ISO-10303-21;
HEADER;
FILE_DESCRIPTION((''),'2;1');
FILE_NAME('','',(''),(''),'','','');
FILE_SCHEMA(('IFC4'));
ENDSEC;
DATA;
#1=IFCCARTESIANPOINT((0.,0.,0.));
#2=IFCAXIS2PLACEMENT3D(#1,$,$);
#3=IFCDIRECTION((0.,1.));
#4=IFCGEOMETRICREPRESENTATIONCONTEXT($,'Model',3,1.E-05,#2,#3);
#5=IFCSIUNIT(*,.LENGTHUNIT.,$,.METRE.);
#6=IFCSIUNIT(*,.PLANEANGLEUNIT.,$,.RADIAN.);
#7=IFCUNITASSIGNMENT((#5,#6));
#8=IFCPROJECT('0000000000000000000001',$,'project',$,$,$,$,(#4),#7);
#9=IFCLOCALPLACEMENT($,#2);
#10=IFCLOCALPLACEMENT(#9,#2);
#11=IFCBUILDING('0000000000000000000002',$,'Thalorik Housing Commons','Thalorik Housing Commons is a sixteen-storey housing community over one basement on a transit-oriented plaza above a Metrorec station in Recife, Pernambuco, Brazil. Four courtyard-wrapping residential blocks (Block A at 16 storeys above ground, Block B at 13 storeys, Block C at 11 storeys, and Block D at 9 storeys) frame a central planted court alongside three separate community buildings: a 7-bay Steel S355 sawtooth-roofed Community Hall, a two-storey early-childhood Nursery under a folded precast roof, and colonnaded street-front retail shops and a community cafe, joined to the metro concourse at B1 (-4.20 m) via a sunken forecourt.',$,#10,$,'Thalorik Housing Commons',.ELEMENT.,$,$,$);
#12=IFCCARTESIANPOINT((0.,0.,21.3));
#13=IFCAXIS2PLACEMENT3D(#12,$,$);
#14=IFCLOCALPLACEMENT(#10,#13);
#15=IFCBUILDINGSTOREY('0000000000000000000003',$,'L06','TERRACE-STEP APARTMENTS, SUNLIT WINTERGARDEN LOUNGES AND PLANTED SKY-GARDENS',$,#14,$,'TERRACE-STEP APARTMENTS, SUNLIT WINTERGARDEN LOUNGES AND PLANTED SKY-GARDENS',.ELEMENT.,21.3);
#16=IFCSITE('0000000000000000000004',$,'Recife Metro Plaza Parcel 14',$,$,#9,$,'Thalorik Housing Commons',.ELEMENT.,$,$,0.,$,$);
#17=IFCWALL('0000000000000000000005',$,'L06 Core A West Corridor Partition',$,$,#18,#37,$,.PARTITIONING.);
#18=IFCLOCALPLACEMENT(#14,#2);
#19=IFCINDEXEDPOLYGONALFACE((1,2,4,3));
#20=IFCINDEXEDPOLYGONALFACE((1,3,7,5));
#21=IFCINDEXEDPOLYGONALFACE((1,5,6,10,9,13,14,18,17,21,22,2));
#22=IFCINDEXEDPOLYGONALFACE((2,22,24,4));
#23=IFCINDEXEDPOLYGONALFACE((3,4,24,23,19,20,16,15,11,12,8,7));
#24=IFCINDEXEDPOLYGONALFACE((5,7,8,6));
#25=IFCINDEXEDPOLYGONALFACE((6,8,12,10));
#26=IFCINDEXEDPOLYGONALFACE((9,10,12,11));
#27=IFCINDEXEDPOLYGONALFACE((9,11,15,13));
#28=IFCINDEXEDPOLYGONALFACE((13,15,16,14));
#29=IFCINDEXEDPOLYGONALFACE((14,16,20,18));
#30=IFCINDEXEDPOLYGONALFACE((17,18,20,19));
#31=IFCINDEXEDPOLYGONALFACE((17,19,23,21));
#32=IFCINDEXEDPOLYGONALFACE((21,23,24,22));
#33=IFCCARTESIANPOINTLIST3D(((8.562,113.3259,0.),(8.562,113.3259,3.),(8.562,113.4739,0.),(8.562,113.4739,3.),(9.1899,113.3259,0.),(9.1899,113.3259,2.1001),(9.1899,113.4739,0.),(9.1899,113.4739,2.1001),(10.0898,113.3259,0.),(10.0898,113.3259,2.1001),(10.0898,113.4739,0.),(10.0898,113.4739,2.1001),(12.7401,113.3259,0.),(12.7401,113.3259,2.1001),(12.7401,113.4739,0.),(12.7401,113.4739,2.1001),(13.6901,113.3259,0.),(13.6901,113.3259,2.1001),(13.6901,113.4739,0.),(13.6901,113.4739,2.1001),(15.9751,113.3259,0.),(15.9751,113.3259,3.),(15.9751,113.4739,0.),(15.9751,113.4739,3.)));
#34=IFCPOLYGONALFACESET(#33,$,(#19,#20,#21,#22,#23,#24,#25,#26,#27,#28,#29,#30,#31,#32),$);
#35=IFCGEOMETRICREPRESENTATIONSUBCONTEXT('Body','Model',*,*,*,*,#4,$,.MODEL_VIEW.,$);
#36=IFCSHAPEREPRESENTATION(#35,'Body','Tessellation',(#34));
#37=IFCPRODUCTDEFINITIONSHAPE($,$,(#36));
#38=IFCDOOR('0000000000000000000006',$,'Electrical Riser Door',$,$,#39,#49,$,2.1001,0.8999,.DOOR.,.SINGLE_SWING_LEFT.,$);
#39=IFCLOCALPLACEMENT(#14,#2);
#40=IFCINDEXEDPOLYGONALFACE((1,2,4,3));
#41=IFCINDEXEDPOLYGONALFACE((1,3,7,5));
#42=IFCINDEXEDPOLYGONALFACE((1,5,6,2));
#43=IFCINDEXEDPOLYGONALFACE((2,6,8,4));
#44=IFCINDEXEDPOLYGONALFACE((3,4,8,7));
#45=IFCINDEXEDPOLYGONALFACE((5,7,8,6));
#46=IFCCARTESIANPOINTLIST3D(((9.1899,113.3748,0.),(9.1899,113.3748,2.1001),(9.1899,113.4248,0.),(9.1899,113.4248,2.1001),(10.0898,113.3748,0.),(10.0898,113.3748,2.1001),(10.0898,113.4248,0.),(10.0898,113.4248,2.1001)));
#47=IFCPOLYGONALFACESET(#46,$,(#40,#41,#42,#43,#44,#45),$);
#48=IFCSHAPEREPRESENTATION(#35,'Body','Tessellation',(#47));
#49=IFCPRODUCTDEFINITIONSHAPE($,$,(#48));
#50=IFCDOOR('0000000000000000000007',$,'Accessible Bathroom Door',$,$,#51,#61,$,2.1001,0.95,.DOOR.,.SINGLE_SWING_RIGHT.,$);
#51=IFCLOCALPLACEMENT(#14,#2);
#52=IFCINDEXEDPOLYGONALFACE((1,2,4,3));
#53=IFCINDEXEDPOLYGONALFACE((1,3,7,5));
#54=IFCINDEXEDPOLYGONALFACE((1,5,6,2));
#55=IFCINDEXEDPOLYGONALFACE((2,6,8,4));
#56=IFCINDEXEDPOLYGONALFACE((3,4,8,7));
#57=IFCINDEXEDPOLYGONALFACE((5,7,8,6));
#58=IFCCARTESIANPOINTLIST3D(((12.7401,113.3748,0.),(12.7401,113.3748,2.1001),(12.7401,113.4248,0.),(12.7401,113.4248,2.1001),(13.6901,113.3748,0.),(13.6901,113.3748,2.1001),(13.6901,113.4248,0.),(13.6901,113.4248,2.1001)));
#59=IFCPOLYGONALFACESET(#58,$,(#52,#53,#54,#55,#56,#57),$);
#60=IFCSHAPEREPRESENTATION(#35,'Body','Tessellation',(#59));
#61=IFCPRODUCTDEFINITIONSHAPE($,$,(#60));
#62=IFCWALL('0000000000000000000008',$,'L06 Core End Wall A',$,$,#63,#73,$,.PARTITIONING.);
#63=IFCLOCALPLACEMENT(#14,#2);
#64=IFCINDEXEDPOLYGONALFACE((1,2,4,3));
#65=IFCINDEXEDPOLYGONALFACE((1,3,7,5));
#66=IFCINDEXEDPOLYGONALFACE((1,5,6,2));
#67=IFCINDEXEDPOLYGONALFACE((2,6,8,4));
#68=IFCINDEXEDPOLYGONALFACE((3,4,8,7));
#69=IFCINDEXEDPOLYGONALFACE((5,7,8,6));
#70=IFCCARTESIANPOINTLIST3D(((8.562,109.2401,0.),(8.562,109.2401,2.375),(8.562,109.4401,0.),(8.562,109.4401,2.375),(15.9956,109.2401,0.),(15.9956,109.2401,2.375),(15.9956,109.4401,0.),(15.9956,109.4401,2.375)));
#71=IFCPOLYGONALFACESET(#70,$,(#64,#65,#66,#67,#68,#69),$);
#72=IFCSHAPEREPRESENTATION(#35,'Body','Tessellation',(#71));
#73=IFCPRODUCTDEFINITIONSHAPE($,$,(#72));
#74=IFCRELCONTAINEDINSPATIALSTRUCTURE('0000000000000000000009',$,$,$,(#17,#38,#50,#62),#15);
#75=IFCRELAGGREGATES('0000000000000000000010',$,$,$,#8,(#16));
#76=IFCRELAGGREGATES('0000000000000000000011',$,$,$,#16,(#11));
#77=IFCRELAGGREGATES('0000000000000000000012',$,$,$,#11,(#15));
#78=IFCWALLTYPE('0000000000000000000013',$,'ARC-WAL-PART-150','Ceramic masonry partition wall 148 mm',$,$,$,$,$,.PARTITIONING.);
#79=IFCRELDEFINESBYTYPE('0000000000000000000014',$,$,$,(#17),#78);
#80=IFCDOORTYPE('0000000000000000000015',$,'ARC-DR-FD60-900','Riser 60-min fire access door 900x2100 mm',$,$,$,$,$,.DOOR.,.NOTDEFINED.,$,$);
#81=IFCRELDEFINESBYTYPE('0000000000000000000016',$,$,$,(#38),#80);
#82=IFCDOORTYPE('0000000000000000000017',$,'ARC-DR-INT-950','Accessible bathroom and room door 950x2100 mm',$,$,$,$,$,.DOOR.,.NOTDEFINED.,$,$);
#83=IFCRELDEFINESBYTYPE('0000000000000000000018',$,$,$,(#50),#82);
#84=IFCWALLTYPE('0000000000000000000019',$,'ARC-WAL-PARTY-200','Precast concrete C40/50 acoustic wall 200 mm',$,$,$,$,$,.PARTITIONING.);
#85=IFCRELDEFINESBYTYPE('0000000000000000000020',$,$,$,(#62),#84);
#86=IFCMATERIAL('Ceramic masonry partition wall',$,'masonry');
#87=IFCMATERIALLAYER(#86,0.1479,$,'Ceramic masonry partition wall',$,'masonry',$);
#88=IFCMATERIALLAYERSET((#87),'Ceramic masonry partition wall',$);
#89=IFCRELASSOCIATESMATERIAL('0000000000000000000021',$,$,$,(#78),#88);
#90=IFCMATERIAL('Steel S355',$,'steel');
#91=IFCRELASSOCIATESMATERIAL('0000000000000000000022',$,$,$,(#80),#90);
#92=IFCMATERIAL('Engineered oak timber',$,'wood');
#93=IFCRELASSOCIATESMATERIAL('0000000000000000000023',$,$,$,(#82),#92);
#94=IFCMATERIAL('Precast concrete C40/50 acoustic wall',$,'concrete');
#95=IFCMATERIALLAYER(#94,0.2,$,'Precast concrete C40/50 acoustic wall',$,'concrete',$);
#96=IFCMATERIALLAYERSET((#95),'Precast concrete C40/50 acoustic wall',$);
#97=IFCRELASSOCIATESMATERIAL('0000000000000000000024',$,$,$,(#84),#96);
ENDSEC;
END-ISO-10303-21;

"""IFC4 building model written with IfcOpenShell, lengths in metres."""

from ifc_helpers import new_model, si_unit, direction, frame, frame_2d, origin, place, context, subcontext, project, spatial, rectangle, extrude, material, layer, layer_set, type_object, element, fill, save


model = new_model("IFC4")

# Units and contexts
model_context = context("Model", 3, precision=1e-05, world=origin(), true_north=direction((0.0, 1.0)))
body_context = subcontext(model_context, "Body", "Model", "MODEL_VIEW")
ifc_project = project(units=[si_unit("LENGTHUNIT", "METRE"), si_unit("PLANEANGLEUNIT", "RADIAN")], contexts=[model_context])

# Site, building, storey
site_placement = place(None, origin())
site = spatial("IfcSite", under=ifc_project, at=site_placement, Name="Recife Metro Plaza Parcel 14", LongName="Thalorik Housing Commons", CompositionType="ELEMENT", RefElevation=0.0)
building_placement = place(site_placement, origin())
building = spatial("IfcBuilding", under=site, at=building_placement, Name="Thalorik Housing Commons", Description="Thalorik Housing Commons is a sixteen-storey housing community over one basement on a transit-oriented plaza above a Metrorec station in Recife, Pernambuco, Brazil. Four courtyard-wrapping residential blocks (Block A at 16 storeys above ground, Block B at 13 storeys, Block C at 11 storeys, and Block D at 9 storeys) frame a central planted court alongside three separate community buildings: a 7-bay Steel S355 sawtooth-roofed Community Hall, a two-storey early-childhood Nursery under a folded precast roof, and colonnaded street-front retail shops and a community cafe, joined to the metro concourse at B1 (-4.20 m) via a sunken forecourt.", LongName="Thalorik Housing Commons", CompositionType="ELEMENT")
storey_placement = place(building_placement, frame((0.0, 0.0, 21.3)))
storey = spatial("IfcBuildingStorey", under=building, at=storey_placement, Name="L06", Description="TERRACE-STEP APARTMENTS, SUNLIT WINTERGARDEN LOUNGES AND PLANTED SKY-GARDENS", LongName="TERRACE-STEP APARTMENTS, SUNLIT WINTERGARDEN LOUNGES AND PLANTED SKY-GARDENS", CompositionType="ELEMENT", Elevation=21.3)

# Shared definitions
ifc_material_1 = material(Name="Ceramic masonry partition wall", Category="masonry")
ifc_layer_1 = layer(ifc_material_1, 0.1479, Name="Ceramic masonry partition wall", Category="masonry")
ifc_layer_set_1 = layer_set([ifc_layer_1], Name="Ceramic masonry partition wall")
wall_type_1 = type_object("IfcWallType", Name="ARC-WAL-PART-150", Description="Ceramic masonry partition wall 148 mm", PredefinedType="PARTITIONING", material=ifc_layer_set_1)

# Wall, openings, doors
wall_1_placement = place(storey_placement, frame((8.562, 113.3999, 0.0), z_axis=(0.0, 0.0, 1.0), x_axis=(1.0, 0.0, 0.0)))
wall_1 = element("IfcWall", 1, at=wall_1_placement, inside=storey, type_object=wall_type_1, Name="L06 Core A West Corridor Partition", PredefinedType="PARTITIONING", context=body_context, shape_type="SweptSolid", body=[
    extrude(rectangle(XDim=7.4131, YDim=0.1479, at=frame_2d((3.7065, 0.0))), origin(), (0.0, 0.0, 1.0), 3.0),
])
opening_1_placement = place(wall_1_placement, frame((0.6279, 0.0, 0.0)))
opening_1 = element("IfcOpeningElement", 2, at=opening_1_placement, cuts=wall_1, PredefinedType="OPENING", context=body_context, shape_type="SweptSolid", body=[
    extrude(rectangle(XDim=0.8999, YDim=2.1001, at=frame_2d((0.45, 1.05))), frame((0.0, 0.084, 0.0), z_axis=(0.0, -1.0, 0.0), x_axis=(1.0, 0.0, 0.0)), (0.0, 0.0, 1.0), 0.168),
])
opening_2_placement = place(wall_1_placement, frame((4.178, 0.0, 0.0)))
opening_2 = element("IfcOpeningElement", 3, at=opening_2_placement, cuts=wall_1, PredefinedType="OPENING", context=body_context, shape_type="SweptSolid", body=[
    extrude(rectangle(XDim=0.95, YDim=2.1001, at=frame_2d((0.4751, 1.05))), frame((0.0, 0.084, 0.0), z_axis=(0.0, -1.0, 0.0), x_axis=(1.0, 0.0, 0.0)), (0.0, 0.0, 1.0), 0.168),
])
ifc_material_2 = material(Name="Steel S355", Category="steel")
door_type_1 = type_object("IfcDoorType", Name="ARC-DR-FD60-900", Description="Riser 60-min fire access door 900x2100 mm", OperationType="NOTDEFINED", PredefinedType="DOOR", material=ifc_material_2)
door_1_placement = place(opening_1_placement, origin())
door_1 = element("IfcDoor", 4, at=door_1_placement, inside=storey, type_object=door_type_1, Name="Electrical Riser Door", OperationType="SINGLE_SWING_LEFT", OverallHeight=2.1001, OverallWidth=0.8999, PredefinedType="DOOR", context=body_context, shape_type="SweptSolid", body=[
    extrude(rectangle(XDim=0.8999, YDim=2.1001, at=frame_2d((0.45, 1.05))), frame((0.0, 0.0249, 0.0), z_axis=(0.0, -1.0, 0.0), x_axis=(1.0, 0.0, 0.0)), (0.0, 0.0, 1.0), 0.05),
])
fill(opening_1, door_1)
ifc_material_3 = material(Name="Engineered oak timber", Category="wood")
door_type_2 = type_object("IfcDoorType", Name="ARC-DR-INT-950", Description="Accessible bathroom and room door 950x2100 mm", OperationType="NOTDEFINED", PredefinedType="DOOR", material=ifc_material_3)
door_2_placement = place(opening_2_placement, origin())
door_2 = element("IfcDoor", 5, at=door_2_placement, inside=storey, type_object=door_type_2, Name="Accessible Bathroom Door", OperationType="SINGLE_SWING_RIGHT", OverallHeight=2.1001, OverallWidth=0.95, PredefinedType="DOOR", context=body_context, shape_type="SweptSolid", body=[
    extrude(rectangle(XDim=0.95, YDim=2.1001, at=frame_2d((0.4751, 1.05))), frame((0.0, 0.0249, 0.0), z_axis=(0.0, -1.0, 0.0), x_axis=(1.0, 0.0, 0.0)), (0.0, 0.0, 1.0), 0.05),
])
fill(opening_2, door_2)

# Wall
ifc_material_4 = material(Name="Precast concrete C40/50 acoustic wall", Category="concrete")
ifc_layer_2 = layer(ifc_material_4, 0.2, Name="Precast concrete C40/50 acoustic wall", Category="concrete")
ifc_layer_set_2 = layer_set([ifc_layer_2], Name="Precast concrete C40/50 acoustic wall")
wall_type_2 = type_object("IfcWallType", Name="ARC-WAL-PARTY-200", Description="Precast concrete C40/50 acoustic wall 200 mm", PredefinedType="PARTITIONING", material=ifc_layer_set_2)
wall_2_placement = place(storey_placement, frame((8.562, 109.3401, 0.0), z_axis=(0.0, 0.0, 1.0), x_axis=(1.0, 0.0, 0.0)))
element("IfcWall", 6, at=wall_2_placement, inside=storey, type_object=wall_type_2, Name="L06 Core End Wall A", PredefinedType="PARTITIONING", context=body_context, shape_type="SweptSolid", body=[
    extrude(rectangle(XDim=7.4336, YDim=0.2, at=frame_2d((3.7168, 0.0))), origin(), (0.0, 0.0, 1.0), 2.375),
])

save(model, "model.ifc")
